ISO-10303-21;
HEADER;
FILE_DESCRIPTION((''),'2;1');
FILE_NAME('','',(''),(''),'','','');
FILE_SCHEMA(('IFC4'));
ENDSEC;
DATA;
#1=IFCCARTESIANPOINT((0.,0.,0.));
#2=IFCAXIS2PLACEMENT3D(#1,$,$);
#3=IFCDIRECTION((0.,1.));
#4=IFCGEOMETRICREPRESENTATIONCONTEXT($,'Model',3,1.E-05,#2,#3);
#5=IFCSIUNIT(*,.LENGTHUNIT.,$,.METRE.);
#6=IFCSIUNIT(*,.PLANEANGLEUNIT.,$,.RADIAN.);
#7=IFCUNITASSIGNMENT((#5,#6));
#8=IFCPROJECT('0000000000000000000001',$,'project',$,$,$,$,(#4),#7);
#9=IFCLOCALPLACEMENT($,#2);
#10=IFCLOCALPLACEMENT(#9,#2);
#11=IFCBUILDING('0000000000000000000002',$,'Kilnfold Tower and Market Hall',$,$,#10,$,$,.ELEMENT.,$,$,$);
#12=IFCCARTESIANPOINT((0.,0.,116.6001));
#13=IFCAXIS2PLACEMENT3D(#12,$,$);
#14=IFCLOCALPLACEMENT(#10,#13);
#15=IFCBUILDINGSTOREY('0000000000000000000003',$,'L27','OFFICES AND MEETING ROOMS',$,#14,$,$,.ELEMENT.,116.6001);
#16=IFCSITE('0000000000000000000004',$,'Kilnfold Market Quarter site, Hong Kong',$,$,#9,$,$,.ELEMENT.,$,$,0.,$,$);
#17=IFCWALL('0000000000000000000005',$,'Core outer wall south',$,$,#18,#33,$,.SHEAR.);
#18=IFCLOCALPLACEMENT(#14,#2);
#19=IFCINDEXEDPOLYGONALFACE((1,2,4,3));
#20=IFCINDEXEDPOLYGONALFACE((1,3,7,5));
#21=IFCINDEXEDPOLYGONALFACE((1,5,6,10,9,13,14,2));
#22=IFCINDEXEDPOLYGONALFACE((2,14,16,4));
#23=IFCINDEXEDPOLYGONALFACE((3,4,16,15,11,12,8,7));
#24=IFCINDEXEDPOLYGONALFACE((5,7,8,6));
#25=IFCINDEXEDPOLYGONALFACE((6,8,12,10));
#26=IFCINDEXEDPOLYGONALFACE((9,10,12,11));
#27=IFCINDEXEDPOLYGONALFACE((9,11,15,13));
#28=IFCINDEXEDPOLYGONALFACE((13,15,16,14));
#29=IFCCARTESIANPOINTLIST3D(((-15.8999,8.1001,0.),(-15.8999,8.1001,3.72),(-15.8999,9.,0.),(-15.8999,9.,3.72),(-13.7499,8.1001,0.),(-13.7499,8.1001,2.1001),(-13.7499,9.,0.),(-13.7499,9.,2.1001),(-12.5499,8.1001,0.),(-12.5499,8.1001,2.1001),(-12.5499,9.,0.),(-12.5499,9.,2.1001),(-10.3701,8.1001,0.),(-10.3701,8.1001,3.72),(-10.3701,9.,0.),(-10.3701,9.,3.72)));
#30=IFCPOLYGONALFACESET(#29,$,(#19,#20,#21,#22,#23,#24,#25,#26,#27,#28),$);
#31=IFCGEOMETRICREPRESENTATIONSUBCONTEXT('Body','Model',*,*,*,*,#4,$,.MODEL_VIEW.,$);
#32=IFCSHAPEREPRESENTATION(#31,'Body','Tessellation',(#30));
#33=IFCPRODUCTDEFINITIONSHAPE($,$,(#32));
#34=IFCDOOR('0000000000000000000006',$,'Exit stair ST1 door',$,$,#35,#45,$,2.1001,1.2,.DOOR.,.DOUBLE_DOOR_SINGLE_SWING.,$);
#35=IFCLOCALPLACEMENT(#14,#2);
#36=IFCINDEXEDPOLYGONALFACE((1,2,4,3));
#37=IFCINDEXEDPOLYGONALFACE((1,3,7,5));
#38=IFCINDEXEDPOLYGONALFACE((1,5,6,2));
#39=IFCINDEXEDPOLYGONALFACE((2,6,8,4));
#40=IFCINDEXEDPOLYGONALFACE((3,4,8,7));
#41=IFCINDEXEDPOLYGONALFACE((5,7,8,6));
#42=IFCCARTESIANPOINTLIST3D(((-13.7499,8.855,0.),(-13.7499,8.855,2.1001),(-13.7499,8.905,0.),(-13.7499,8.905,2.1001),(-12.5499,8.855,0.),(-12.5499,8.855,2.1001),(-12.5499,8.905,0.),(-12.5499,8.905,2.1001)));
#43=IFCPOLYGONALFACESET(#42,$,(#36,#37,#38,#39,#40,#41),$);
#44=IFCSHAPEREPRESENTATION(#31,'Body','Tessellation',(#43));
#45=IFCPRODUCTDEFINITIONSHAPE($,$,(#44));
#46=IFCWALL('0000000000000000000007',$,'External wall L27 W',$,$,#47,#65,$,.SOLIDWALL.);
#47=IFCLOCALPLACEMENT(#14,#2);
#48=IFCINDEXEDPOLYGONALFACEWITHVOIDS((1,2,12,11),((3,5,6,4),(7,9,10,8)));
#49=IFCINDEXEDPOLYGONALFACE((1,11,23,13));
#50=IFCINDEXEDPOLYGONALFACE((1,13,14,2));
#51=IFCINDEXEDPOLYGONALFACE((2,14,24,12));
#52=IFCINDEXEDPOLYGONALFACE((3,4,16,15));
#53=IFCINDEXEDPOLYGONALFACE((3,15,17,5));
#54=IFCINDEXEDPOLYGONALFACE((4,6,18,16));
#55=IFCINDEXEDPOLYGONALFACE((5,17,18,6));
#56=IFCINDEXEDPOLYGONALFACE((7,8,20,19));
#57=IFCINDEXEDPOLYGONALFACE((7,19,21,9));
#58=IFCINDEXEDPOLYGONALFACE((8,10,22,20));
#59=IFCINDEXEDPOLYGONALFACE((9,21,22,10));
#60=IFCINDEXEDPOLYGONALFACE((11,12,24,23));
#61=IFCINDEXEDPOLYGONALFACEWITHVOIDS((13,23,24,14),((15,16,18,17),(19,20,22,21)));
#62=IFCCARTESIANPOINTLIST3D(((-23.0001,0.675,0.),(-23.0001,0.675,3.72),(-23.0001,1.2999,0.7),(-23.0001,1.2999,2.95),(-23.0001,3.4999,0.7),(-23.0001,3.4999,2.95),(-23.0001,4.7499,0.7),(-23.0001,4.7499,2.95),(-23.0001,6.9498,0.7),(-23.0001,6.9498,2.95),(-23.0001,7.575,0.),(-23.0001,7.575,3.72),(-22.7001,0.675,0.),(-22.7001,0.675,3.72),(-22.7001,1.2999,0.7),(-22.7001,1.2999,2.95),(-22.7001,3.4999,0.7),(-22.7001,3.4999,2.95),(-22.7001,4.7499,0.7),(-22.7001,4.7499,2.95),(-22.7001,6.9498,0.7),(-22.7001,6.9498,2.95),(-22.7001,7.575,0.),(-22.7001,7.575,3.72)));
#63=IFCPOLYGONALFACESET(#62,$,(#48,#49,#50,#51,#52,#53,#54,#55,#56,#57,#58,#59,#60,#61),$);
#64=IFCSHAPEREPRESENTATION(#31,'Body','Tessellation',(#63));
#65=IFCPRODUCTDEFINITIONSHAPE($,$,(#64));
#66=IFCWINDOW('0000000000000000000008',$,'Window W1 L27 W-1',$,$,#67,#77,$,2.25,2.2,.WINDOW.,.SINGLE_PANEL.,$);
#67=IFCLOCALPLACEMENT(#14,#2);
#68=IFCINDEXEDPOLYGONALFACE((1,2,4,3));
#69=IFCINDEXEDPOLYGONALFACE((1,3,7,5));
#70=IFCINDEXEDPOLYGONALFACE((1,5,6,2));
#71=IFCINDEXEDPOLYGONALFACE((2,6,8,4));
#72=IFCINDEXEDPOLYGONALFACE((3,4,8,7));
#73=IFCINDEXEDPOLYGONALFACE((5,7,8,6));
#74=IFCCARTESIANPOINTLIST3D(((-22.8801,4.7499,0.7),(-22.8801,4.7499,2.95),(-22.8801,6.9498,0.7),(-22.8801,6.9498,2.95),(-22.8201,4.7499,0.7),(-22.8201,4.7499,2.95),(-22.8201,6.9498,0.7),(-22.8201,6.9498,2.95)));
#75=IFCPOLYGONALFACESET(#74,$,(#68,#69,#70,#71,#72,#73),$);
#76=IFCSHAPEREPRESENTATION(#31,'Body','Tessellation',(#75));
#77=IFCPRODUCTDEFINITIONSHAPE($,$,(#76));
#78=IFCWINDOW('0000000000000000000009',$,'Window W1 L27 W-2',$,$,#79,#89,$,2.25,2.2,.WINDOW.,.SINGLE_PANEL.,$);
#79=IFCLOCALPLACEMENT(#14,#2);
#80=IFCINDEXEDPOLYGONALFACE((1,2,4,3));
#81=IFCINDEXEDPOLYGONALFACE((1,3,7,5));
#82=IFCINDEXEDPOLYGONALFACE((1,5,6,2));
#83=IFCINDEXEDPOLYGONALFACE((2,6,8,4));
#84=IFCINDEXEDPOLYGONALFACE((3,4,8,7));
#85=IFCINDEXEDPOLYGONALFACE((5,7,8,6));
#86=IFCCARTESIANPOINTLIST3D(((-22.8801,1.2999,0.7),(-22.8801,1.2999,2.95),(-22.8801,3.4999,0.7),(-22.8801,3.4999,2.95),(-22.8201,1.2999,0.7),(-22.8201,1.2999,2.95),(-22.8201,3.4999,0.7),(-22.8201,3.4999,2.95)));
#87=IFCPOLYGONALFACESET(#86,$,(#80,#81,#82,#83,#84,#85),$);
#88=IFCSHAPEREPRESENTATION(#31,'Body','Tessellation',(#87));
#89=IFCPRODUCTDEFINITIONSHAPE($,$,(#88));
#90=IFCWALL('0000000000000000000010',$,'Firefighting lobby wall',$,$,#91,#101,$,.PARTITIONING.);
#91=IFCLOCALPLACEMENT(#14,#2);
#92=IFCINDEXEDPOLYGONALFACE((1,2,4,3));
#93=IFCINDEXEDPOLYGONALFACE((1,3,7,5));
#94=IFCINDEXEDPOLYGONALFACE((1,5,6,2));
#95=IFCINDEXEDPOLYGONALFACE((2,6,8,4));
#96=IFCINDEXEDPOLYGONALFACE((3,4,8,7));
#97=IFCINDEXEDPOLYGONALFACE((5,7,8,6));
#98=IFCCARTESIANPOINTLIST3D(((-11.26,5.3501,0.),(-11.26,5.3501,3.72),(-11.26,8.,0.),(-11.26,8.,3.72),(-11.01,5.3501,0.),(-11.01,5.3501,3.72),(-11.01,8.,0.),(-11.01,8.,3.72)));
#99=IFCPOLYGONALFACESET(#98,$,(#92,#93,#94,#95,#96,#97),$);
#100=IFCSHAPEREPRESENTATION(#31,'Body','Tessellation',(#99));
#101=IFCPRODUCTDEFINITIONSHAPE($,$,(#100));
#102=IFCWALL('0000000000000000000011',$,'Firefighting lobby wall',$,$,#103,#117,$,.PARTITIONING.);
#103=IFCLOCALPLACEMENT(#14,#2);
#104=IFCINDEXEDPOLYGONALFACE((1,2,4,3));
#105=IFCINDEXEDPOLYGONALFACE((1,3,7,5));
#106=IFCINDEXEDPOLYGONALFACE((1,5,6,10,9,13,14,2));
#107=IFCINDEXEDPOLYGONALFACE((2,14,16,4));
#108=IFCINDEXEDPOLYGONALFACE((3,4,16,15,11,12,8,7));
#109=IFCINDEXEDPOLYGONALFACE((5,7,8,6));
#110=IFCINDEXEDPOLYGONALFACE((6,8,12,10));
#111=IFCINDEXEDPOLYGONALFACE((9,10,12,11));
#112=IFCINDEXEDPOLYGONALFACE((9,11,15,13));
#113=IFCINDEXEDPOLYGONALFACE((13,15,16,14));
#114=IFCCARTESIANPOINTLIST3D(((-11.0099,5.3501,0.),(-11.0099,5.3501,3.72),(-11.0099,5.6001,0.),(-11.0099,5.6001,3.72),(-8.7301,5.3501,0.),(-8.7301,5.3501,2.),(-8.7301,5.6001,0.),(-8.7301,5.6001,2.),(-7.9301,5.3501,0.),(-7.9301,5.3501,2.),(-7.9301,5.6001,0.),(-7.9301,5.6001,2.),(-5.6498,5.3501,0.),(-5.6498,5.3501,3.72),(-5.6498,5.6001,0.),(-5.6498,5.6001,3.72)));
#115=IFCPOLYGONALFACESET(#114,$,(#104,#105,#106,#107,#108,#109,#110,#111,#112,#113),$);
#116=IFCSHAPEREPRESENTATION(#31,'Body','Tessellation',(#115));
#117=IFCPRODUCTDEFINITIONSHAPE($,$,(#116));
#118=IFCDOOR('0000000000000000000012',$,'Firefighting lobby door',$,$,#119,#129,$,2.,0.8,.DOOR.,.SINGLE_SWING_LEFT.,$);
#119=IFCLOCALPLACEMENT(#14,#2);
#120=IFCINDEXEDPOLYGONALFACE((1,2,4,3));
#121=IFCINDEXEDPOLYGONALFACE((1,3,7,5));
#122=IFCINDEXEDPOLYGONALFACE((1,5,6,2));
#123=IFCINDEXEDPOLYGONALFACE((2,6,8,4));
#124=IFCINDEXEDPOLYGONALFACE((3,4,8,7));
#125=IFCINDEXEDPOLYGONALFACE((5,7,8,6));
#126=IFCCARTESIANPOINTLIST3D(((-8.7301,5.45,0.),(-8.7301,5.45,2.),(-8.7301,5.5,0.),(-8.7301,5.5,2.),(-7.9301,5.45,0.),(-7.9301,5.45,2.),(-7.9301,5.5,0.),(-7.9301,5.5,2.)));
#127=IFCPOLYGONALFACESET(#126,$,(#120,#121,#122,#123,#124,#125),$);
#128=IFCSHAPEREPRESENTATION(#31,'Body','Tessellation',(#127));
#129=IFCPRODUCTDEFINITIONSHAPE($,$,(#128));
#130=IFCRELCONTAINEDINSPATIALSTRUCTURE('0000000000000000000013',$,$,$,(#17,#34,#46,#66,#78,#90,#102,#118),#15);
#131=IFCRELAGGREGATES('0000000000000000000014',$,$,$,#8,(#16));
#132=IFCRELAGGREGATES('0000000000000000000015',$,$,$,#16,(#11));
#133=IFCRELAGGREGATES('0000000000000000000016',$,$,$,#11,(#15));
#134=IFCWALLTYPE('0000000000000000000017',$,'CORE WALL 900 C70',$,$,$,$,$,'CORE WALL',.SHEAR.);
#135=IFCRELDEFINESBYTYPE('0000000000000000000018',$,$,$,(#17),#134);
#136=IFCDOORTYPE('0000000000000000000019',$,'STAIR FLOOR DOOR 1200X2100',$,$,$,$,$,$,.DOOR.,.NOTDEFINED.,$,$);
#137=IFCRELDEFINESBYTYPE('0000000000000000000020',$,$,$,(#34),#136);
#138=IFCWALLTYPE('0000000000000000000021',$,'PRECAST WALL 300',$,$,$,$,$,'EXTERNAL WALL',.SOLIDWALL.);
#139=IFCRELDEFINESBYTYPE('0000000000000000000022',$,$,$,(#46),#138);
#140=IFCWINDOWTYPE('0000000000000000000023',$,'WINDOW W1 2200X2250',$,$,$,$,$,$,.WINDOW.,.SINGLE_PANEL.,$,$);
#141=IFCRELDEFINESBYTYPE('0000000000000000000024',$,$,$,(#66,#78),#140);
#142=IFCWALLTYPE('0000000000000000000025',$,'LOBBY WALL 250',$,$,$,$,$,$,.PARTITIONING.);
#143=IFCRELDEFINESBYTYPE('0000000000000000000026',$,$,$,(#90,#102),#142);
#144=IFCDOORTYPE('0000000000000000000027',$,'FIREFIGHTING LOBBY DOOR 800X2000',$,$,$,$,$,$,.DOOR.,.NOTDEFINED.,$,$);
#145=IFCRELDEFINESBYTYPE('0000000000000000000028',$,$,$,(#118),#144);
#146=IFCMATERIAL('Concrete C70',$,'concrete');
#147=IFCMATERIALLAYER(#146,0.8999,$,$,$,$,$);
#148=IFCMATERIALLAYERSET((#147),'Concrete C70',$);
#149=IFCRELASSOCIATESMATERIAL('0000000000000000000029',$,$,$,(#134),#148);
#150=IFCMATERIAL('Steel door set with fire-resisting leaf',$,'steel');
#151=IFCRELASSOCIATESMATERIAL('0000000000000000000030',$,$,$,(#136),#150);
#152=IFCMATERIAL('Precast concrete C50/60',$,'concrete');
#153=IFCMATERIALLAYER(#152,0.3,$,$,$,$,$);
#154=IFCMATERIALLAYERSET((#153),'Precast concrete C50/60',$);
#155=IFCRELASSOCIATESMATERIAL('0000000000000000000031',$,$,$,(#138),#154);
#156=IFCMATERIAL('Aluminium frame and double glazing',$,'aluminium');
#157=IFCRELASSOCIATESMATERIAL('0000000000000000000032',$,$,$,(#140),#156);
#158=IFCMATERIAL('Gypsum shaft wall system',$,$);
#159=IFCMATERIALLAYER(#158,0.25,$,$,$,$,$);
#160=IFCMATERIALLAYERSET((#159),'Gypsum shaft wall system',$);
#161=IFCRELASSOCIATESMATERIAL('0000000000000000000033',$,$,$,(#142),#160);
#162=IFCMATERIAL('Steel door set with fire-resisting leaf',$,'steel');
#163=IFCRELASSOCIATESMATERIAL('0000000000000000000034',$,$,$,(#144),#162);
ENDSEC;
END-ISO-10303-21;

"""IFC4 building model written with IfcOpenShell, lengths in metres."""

from ifc_helpers import new_model, si_unit, direction, frame, frame_2d, origin, place, context, subcontext, project, spatial, rectangle, extrude, source, transform, mapped, material, layer, layer_set, type_object, element, fill, save


model = new_model("IFC4")

# Units and contexts
model_context = context("Model", 3, precision=1e-05, world=origin(), true_north=direction((0.0, 1.0)))
body_context = subcontext(model_context, "Body", "Model", "MODEL_VIEW")
ifc_project = project(units=[si_unit("LENGTHUNIT", "METRE"), si_unit("PLANEANGLEUNIT", "RADIAN")], contexts=[model_context])

# Site, building, storey
site_placement = place(None, origin())
site = spatial("IfcSite", under=ifc_project, at=site_placement, Name="Kilnfold Market Quarter site, Hong Kong", CompositionType="ELEMENT", RefElevation=0.0)
building_placement = place(site_placement, origin())
building = spatial("IfcBuilding", under=site, at=building_placement, Name="Kilnfold Tower and Market Hall", CompositionType="ELEMENT")
storey_placement = place(building_placement, frame((0.0, 0.0, 116.6001)))
storey = spatial("IfcBuildingStorey", under=building, at=storey_placement, Name="L27", Description="OFFICES AND MEETING ROOMS", CompositionType="ELEMENT", Elevation=116.6001)

# Wall, opening, door
ifc_material_1 = material(Name="Concrete C70", Category="concrete")
ifc_layer_1 = layer(ifc_material_1, 0.8999)
ifc_layer_set_1 = layer_set([ifc_layer_1], Name="Concrete C70")
wall_type_1 = type_object("IfcWallType", Name="CORE WALL 900 C70", ElementType="CORE WALL", PredefinedType="SHEAR", material=ifc_layer_set_1)
shared_shape_1 = source(origin(), body_context, "Body", "SweptSolid", [
    extrude(rectangle(XDim=5.5298, YDim=0.8999, at=frame_2d((2.7649, 0.0))), origin(), (0.0, 0.0, 1.0), 3.72),
])
wall_1_placement = place(storey_placement, frame((-15.8999, 8.55, 0.0), z_axis=(0.0, 0.0, 1.0), x_axis=(1.0, 0.0, 0.0)))
wall_1 = element("IfcWall", 1, at=wall_1_placement, inside=storey, type_object=wall_type_1, Name="Core outer wall south", PredefinedType="SHEAR", context=body_context, shape_type="MappedRepresentation", body=[
    mapped(shared_shape_1, transform((0.0, 0.0, 0.0))),
])
opening_1_placement = place(wall_1_placement, frame((2.1499, 0.0, 0.0)))
opening_1 = element("IfcOpeningElement", 2, at=opening_1_placement, cuts=wall_1, PredefinedType="OPENING", context=body_context, shape_type="SweptSolid", body=[
    extrude(rectangle(XDim=1.2, YDim=2.1001, at=frame_2d((0.6001, 1.05))), frame((0.0, 0.46, 0.0), z_axis=(0.0, -1.0, 0.0), x_axis=(1.0, 0.0, 0.0)), (0.0, 0.0, 1.0), 0.9199),
])
ifc_material_2 = material(Name="Steel door set with fire-resisting leaf", Category="steel")
door_type_1 = type_object("IfcDoorType", Name="STAIR FLOOR DOOR 1200X2100", OperationType="NOTDEFINED", PredefinedType="DOOR", material=ifc_material_2)
door_1_placement = place(opening_1_placement, origin())
door_1 = element("IfcDoor", 3, at=door_1_placement, inside=storey, type_object=door_type_1, Name="Exit stair ST1 door", OperationType="DOUBLE_DOOR_SINGLE_SWING", OverallHeight=2.1001, OverallWidth=1.2, PredefinedType="DOOR", context=body_context, shape_type="SweptSolid", body=[
    extrude(rectangle(XDim=1.2, YDim=2.1001, at=frame_2d((0.6001, 1.05))), frame((0.0, 0.355, 0.0), z_axis=(0.0, -1.0, 0.0), x_axis=(1.0, 0.0, 0.0)), (0.0, 0.0, 1.0), 0.05),
])
fill(opening_1, door_1)

# Wall, openings, windows
ifc_material_3 = material(Name="Precast concrete C50/60", Category="concrete")
ifc_layer_2 = layer(ifc_material_3, 0.3)
ifc_layer_set_2 = layer_set([ifc_layer_2], Name="Precast concrete C50/60")
wall_type_2 = type_object("IfcWallType", Name="PRECAST WALL 300", ElementType="EXTERNAL WALL", PredefinedType="SOLIDWALL", material=ifc_layer_set_2)
shared_shape_2 = source(origin(), body_context, "Body", "SweptSolid", [
    extrude(rectangle(XDim=6.8999, YDim=0.3, at=frame_2d((3.45, 0.0))), origin(), (0.0, 0.0, 1.0), 3.72),
])
wall_2_placement = place(storey_placement, frame((-22.8501, 7.575, 0.0), z_axis=(0.0, 0.0, 1.0), x_axis=(0.0, -1.0, 0.0)))
wall_2 = element("IfcWall", 4, at=wall_2_placement, inside=storey, type_object=wall_type_2, Name="External wall L27 W", PredefinedType="SOLIDWALL", context=body_context, shape_type="MappedRepresentation", body=[
    mapped(shared_shape_2, transform((0.0, 0.0, 0.0))),
])
opening_2_placement = place(wall_2_placement, frame((0.625, 0.0, 0.7)))
opening_2 = element("IfcOpeningElement", 5, at=opening_2_placement, cuts=wall_2, PredefinedType="OPENING", context=body_context, shape_type="SweptSolid", body=[
    extrude(rectangle(XDim=2.2, YDim=2.25, at=frame_2d((1.1001, 1.125))), frame((0.0, 0.1602, 0.0), z_axis=(0.0, -1.0, 0.0), x_axis=(1.0, 0.0, 0.0)), (0.0, 0.0, 1.0), 0.3201),
])
opening_3_placement = place(wall_2_placement, frame((4.075, 0.0, 0.7)))
opening_3 = element("IfcOpeningElement", 6, at=opening_3_placement, cuts=wall_2, PredefinedType="OPENING", context=body_context, shape_type="SweptSolid", body=[
    extrude(rectangle(XDim=2.2, YDim=2.25, at=frame_2d((1.1001, 1.125))), frame((0.0, 0.1602, 0.0), z_axis=(0.0, -1.0, 0.0), x_axis=(1.0, 0.0, 0.0)), (0.0, 0.0, 1.0), 0.3201),
])
ifc_material_4 = material(Name="Aluminium frame and double glazing", Category="aluminium")
window_type = type_object("IfcWindowType", Name="WINDOW W1 2200X2250", PartitioningType="SINGLE_PANEL", PredefinedType="WINDOW", material=ifc_material_4)
window_1_placement = place(opening_2_placement, origin())
window_1 = element("IfcWindow", 7, at=window_1_placement, inside=storey, type_object=window_type, Name="Window W1 L27 W-1", OverallHeight=2.25, OverallWidth=2.2, PartitioningType="SINGLE_PANEL", PredefinedType="WINDOW", context=body_context, shape_type="SweptSolid", body=[
    extrude(rectangle(XDim=2.2, YDim=2.25, at=frame_2d((1.1001, 1.125))), frame((0.0, 0.03, 0.0), z_axis=(0.0, -1.0, 0.0), x_axis=(1.0, 0.0, 0.0)), (0.0, 0.0, 1.0), 0.0601),
])
fill(opening_2, window_1)
window_2_placement = place(opening_3_placement, origin())
window_2 = element("IfcWindow", 8, at=window_2_placement, inside=storey, type_object=window_type, Name="Window W1 L27 W-2", OverallHeight=2.25, OverallWidth=2.2, PartitioningType="SINGLE_PANEL", PredefinedType="WINDOW", context=body_context, shape_type="SweptSolid", body=[
    extrude(rectangle(XDim=2.2, YDim=2.25, at=frame_2d((1.1001, 1.125))), frame((0.0, 0.03, 0.0), z_axis=(0.0, -1.0, 0.0), x_axis=(1.0, 0.0, 0.0)), (0.0, 0.0, 1.0), 0.0601),
])
fill(opening_3, window_2)

# Wall
ifc_material_5 = material(Name="Gypsum shaft wall system")
ifc_layer_3 = layer(ifc_material_5, 0.25)
ifc_layer_set_3 = layer_set([ifc_layer_3], Name="Gypsum shaft wall system")
wall_type_3 = type_object("IfcWallType", Name="LOBBY WALL 250", PredefinedType="PARTITIONING", material=ifc_layer_set_3)
shared_shape_3 = source(origin(), body_context, "Body", "SweptSolid", [
    extrude(rectangle(XDim=2.6499, YDim=0.25, at=frame_2d((1.325, 0.0))), origin(), (0.0, 0.0, 1.0), 3.72),
])
wall_3_placement = place(storey_placement, frame((-11.135, 5.3501, 0.0), z_axis=(0.0, 0.0, 1.0), x_axis=(0.0, 1.0, 0.0)))
element("IfcWall", 9, at=wall_3_placement, inside=storey, type_object=wall_type_3, Name="Firefighting lobby wall", PredefinedType="PARTITIONING", context=body_context, shape_type="MappedRepresentation", body=[
    mapped(shared_shape_3, transform((0.0, 0.0, 0.0))),
])

# Wall, opening, door
shared_shape_4 = source(origin(), body_context, "Body", "SweptSolid", [
    extrude(rectangle(XDim=5.3601, YDim=0.25, at=frame_2d((2.6802, 0.0))), origin(), (0.0, 0.0, 1.0), 3.72),
])
wall_4_placement = place(storey_placement, frame((-11.01, 5.4751, 0.0), z_axis=(0.0, 0.0, 1.0), x_axis=(1.0, 0.0, 0.0)))
wall_4 = element("IfcWall", 10, at=wall_4_placement, inside=storey, type_object=wall_type_3, Name="Firefighting lobby wall", PredefinedType="PARTITIONING", context=body_context, shape_type="MappedRepresentation", body=[
    mapped(shared_shape_4, transform((0.0, 0.0, 0.0))),
])
opening_4_placement = place(wall_4_placement, frame((2.28, 0.0, 0.0)))
opening_4 = element("IfcOpeningElement", 11, at=opening_4_placement, cuts=wall_4, PredefinedType="OPENING", context=body_context, shape_type="SweptSolid", body=[
    extrude(rectangle(XDim=0.8, YDim=2.0, at=frame_2d((0.3999, 1.0))), frame((0.0, 0.135, 0.0), z_axis=(0.0, -1.0, 0.0), x_axis=(1.0, 0.0, 0.0)), (0.0, 0.0, 1.0), 0.27),
])
ifc_material_6 = material(Name="Steel door set with fire-resisting leaf", Category="steel")
door_type_2 = type_object("IfcDoorType", Name="FIREFIGHTING LOBBY DOOR 800X2000", OperationType="NOTDEFINED", PredefinedType="DOOR", material=ifc_material_6)
door_2_placement = place(opening_4_placement, origin())
door_2 = element("IfcDoor", 12, at=door_2_placement, inside=storey, type_object=door_type_2, Name="Firefighting lobby door", OperationType="SINGLE_SWING_LEFT", OverallHeight=2.0, OverallWidth=0.8, PredefinedType="DOOR", context=body_context, shape_type="SweptSolid", body=[
    extrude(rectangle(XDim=0.8, YDim=2.0, at=frame_2d((0.3999, 1.0))), frame((0.0, 0.0249, 0.0), z_axis=(0.0, -1.0, 0.0), x_axis=(1.0, 0.0, 0.0)), (0.0, 0.0, 1.0), 0.05),
])
fill(opening_4, door_2)

save(model, "model.ifc")
